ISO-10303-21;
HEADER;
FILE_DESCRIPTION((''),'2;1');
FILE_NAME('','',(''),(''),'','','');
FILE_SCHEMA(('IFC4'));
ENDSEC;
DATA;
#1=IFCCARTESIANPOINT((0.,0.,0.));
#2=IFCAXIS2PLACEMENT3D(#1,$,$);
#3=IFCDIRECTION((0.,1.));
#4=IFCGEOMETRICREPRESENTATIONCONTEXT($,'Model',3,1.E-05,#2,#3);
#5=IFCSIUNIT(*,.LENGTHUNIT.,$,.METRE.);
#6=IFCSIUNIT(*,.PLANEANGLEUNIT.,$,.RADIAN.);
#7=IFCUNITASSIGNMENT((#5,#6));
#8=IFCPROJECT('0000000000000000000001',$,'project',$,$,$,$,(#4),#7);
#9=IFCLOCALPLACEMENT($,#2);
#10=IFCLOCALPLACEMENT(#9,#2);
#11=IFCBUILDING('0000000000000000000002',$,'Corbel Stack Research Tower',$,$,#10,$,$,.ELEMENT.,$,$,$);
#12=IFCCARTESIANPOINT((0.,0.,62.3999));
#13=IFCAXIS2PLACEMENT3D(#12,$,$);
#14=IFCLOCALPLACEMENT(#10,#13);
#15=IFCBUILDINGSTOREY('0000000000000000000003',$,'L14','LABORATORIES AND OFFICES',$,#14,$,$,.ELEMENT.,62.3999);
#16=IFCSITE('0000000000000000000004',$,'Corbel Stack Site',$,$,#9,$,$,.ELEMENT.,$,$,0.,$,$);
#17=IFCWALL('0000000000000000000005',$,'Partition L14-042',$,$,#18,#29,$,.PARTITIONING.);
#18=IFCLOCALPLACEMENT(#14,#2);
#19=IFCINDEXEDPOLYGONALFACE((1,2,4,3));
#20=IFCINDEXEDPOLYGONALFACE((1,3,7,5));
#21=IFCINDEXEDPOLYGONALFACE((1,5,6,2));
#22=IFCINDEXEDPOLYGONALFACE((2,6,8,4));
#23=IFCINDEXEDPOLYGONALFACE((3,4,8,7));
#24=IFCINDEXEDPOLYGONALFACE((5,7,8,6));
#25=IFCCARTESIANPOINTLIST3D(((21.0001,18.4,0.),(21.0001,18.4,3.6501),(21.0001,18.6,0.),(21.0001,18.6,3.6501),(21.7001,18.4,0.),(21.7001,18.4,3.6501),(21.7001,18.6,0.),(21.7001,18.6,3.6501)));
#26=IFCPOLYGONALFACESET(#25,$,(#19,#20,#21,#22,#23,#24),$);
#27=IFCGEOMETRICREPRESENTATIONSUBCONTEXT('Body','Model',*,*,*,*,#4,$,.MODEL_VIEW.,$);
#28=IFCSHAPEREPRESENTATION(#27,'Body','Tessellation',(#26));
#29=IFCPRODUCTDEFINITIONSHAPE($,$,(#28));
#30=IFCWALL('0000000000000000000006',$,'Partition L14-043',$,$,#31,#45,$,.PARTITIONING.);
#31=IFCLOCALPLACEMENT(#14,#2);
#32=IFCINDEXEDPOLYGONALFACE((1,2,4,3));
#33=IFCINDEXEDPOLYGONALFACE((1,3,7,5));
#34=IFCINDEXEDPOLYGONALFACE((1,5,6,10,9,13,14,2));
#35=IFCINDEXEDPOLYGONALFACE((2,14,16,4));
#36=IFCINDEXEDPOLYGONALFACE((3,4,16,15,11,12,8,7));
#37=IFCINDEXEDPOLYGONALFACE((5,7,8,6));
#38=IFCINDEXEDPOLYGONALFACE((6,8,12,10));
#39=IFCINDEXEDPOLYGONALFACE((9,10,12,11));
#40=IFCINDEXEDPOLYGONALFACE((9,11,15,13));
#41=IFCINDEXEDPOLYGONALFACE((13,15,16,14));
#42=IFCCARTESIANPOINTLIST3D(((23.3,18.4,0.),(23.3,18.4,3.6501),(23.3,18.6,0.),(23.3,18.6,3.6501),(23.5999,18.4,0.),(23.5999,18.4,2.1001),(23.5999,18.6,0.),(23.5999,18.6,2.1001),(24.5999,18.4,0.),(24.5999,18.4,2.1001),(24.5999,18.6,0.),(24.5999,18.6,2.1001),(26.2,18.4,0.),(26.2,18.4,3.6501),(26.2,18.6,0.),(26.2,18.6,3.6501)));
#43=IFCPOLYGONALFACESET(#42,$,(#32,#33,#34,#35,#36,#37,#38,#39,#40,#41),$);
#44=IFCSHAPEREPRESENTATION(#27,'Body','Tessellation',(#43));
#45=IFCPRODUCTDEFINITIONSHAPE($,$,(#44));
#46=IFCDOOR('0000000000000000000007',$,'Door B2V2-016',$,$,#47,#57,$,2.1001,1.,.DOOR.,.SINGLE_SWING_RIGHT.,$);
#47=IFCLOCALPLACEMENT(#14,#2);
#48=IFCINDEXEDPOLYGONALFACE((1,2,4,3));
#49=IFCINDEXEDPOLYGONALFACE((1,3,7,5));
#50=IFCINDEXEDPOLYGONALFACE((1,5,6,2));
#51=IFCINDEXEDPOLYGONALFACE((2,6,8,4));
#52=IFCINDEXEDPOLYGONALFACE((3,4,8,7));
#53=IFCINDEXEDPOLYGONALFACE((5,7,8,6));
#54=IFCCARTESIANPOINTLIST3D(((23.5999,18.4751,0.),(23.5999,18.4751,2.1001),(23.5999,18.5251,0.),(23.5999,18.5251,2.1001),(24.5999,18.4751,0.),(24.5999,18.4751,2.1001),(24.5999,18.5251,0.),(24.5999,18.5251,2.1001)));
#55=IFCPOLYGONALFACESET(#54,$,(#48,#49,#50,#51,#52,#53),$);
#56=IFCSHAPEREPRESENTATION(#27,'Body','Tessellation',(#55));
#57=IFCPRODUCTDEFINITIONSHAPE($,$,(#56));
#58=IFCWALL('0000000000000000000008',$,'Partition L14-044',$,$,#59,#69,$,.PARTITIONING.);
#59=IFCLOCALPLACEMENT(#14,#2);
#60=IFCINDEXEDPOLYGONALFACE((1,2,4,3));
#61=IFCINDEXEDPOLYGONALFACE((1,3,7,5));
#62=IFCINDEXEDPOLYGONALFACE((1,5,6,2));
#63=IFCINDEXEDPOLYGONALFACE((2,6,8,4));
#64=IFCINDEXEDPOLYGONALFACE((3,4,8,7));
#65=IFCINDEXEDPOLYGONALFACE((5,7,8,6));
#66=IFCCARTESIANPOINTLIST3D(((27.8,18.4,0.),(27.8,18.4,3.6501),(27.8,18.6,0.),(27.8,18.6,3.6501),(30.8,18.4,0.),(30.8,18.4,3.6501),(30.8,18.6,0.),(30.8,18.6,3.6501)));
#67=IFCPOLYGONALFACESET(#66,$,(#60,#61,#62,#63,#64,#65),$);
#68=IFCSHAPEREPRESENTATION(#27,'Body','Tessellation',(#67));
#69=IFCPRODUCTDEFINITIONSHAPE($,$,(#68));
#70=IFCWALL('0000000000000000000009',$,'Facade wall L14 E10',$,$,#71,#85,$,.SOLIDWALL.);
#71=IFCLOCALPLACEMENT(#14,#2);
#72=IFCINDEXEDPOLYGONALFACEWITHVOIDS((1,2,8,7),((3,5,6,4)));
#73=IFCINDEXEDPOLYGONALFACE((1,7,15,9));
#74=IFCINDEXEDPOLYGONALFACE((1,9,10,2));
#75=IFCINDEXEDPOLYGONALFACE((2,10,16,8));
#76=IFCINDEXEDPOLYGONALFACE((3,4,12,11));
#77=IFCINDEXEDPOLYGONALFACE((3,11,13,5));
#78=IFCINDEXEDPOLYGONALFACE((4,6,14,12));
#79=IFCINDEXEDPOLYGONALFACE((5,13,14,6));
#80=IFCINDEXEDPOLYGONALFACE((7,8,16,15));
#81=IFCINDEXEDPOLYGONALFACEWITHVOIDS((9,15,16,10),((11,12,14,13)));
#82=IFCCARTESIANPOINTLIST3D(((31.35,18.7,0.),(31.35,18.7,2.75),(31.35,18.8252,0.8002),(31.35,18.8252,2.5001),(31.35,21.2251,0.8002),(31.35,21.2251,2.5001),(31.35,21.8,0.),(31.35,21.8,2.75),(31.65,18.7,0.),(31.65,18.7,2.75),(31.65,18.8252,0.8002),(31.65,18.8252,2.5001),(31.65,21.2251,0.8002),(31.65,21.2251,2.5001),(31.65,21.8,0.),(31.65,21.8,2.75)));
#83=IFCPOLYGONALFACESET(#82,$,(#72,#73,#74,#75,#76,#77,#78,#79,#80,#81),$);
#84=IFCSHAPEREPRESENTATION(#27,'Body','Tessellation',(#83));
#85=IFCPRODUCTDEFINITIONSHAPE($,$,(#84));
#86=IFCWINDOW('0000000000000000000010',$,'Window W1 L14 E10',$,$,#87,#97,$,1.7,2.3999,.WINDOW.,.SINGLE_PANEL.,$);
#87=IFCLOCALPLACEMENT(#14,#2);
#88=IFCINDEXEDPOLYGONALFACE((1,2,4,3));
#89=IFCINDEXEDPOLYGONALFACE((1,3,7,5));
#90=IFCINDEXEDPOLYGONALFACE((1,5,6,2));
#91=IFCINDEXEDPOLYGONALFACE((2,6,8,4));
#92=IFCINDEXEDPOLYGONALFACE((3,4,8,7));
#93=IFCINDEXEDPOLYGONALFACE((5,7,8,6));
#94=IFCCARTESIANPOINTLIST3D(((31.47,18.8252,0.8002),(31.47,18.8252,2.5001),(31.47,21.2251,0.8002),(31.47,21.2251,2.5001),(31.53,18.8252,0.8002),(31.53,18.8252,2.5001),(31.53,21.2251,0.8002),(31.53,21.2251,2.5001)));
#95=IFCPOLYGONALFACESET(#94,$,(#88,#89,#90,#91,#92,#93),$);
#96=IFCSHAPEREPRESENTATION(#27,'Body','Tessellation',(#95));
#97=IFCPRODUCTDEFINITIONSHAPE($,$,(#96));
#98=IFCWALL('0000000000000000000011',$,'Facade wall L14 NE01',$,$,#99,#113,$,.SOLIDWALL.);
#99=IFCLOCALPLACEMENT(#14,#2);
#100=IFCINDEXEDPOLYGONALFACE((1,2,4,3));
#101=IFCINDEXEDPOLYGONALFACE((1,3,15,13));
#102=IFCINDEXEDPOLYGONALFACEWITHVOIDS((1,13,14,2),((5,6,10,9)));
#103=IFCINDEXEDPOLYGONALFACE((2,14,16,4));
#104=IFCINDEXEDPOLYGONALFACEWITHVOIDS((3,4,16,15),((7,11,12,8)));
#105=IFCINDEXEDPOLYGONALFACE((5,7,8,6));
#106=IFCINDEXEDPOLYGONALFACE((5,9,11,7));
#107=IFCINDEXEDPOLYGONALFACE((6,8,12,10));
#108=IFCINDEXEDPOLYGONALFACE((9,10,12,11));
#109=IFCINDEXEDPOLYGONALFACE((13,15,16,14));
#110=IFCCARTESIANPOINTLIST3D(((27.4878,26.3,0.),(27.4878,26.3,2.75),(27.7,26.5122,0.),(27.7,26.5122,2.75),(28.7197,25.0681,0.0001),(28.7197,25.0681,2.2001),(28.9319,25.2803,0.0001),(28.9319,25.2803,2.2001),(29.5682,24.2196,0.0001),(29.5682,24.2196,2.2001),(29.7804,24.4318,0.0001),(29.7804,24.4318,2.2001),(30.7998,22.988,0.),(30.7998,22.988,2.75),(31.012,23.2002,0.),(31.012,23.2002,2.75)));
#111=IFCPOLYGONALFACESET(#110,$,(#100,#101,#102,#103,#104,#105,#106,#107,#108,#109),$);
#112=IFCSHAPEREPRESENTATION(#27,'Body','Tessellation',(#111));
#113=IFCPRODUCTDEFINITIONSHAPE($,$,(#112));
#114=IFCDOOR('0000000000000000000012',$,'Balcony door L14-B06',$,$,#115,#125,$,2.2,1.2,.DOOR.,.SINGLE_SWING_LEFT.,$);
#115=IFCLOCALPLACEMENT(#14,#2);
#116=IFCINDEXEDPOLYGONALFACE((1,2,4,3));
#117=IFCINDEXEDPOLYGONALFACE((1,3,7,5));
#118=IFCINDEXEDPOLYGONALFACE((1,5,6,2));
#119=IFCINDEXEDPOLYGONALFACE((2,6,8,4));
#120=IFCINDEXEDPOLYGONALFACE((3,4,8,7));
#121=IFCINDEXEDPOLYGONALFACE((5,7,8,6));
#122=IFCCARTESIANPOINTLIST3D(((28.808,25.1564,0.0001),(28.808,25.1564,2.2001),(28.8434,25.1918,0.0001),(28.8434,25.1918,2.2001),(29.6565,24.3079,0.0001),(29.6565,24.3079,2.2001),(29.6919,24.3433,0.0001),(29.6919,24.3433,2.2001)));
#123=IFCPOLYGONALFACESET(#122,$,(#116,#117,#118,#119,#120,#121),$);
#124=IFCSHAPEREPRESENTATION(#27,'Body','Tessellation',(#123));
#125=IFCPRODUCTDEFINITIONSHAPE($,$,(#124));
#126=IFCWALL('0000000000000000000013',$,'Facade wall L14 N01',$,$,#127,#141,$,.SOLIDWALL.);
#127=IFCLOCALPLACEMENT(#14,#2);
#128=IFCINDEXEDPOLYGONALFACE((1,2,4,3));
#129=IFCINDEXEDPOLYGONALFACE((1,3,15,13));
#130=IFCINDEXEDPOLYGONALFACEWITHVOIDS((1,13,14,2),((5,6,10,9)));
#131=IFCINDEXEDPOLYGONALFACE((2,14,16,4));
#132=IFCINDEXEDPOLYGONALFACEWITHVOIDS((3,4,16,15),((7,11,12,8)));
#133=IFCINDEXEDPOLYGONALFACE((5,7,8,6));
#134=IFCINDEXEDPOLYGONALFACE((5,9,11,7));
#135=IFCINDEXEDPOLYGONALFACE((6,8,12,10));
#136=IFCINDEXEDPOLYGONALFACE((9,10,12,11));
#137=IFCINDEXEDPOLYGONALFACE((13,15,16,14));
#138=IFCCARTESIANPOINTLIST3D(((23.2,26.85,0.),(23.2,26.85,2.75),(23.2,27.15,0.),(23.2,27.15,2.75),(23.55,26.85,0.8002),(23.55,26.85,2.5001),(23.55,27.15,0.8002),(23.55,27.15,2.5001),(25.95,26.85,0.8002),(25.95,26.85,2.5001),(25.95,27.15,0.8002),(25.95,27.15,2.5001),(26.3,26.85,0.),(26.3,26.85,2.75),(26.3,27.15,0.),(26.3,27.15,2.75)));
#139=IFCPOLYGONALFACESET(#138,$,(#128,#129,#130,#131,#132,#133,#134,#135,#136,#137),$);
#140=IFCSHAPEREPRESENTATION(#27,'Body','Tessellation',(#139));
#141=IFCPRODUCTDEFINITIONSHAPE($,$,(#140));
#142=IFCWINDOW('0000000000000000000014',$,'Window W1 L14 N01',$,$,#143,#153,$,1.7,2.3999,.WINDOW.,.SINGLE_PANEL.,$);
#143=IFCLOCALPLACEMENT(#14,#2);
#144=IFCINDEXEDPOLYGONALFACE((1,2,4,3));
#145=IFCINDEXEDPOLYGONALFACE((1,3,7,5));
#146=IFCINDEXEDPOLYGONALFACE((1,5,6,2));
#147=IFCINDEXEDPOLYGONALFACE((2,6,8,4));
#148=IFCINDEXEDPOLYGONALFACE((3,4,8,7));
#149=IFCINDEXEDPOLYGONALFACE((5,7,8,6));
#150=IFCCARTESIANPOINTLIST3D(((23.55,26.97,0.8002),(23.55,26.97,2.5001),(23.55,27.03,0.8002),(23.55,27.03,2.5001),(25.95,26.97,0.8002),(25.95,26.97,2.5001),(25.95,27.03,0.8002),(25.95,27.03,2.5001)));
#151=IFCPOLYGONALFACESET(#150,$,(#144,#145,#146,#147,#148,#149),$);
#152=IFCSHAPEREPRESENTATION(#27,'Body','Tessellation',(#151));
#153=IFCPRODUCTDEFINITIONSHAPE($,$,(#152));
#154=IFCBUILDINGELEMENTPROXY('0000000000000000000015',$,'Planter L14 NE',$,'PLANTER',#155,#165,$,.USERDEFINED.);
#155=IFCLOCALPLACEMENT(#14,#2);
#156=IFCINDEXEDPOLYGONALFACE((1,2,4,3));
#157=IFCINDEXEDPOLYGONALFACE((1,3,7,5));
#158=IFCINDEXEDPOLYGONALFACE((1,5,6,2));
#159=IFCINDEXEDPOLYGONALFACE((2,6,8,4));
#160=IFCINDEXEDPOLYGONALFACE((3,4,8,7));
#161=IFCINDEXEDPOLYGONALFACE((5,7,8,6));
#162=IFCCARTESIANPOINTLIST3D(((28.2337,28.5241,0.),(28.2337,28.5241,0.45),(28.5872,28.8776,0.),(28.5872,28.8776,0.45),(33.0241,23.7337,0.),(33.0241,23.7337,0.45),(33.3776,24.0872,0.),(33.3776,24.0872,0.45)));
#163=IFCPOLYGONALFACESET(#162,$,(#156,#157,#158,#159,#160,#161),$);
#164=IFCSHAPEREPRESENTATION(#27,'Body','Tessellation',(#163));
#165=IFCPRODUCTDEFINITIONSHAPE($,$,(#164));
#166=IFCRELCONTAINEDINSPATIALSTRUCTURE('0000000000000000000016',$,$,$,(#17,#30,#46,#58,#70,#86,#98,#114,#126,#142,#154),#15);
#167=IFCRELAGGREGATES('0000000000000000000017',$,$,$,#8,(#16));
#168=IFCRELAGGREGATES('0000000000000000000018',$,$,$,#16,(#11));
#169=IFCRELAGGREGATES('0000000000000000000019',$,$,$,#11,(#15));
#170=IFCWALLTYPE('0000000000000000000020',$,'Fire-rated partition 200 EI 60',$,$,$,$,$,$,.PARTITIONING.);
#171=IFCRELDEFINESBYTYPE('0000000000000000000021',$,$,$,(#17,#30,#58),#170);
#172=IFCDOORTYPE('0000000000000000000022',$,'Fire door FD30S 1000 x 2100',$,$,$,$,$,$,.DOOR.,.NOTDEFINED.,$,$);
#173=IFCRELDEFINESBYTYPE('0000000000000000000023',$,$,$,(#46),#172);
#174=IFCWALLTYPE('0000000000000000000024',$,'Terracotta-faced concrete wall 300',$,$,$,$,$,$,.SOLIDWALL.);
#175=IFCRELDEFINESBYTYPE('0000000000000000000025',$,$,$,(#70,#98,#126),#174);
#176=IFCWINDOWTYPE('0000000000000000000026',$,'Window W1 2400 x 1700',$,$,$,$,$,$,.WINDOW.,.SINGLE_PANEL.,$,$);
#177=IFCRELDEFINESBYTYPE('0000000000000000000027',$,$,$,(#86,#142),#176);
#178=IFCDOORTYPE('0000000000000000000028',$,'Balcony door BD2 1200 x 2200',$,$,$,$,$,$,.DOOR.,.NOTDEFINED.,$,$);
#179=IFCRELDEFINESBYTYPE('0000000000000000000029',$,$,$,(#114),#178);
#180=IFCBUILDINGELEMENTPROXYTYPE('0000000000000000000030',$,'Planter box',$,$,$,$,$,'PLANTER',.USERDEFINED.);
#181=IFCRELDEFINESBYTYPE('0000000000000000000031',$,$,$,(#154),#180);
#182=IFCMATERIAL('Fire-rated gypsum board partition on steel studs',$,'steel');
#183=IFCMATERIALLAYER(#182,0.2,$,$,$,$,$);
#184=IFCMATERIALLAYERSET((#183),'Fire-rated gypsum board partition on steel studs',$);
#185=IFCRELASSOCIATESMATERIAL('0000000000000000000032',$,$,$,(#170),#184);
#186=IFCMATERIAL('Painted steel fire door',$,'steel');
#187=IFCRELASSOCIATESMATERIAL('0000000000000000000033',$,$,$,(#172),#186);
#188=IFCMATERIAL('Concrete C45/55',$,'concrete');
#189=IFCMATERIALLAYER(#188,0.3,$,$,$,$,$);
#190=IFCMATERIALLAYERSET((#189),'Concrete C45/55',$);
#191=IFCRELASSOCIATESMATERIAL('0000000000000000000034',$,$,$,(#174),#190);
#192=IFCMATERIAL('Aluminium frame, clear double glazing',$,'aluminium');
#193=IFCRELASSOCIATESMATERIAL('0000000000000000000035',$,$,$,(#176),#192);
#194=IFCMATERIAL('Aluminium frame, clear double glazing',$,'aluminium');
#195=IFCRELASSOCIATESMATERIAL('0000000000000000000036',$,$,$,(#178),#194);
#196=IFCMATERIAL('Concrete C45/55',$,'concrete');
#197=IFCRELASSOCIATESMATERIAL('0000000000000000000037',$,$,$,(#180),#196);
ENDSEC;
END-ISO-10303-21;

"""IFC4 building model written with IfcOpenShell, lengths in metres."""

from ifc_helpers import new_model, si_unit, direction, frame, frame_2d, origin, origin_2d, place, context, subcontext, project, spatial, rectangle, extrude, material, layer, layer_set, type_object, element, fill, save


model = new_model("IFC4")

# Units and contexts
model_context = context("Model", 3, precision=1e-05, world=origin(), true_north=direction((0.0, 1.0)))
body_context = subcontext(model_context, "Body", "Model", "MODEL_VIEW")
ifc_project = project(units=[si_unit("LENGTHUNIT", "METRE"), si_unit("PLANEANGLEUNIT", "RADIAN")], contexts=[model_context])

# Site, building, storey
site_placement = place(None, origin())
site = spatial("IfcSite", under=ifc_project, at=site_placement, Name="Corbel Stack Site", CompositionType="ELEMENT", RefElevation=0.0)
building_placement = place(site_placement, origin())
building = spatial("IfcBuilding", under=site, at=building_placement, Name="Corbel Stack Research Tower", CompositionType="ELEMENT")
storey_placement = place(building_placement, frame((0.0, 0.0, 62.3999)))
storey = spatial("IfcBuildingStorey", under=building, at=storey_placement, Name="L14", Description="LABORATORIES AND OFFICES", CompositionType="ELEMENT", Elevation=62.3999)

# Shared definitions
ifc_material_1 = material(Name="Fire-rated gypsum board partition on steel studs", Category="steel")
ifc_layer_1 = layer(ifc_material_1, 0.2)
ifc_layer_set_1 = layer_set([ifc_layer_1], Name="Fire-rated gypsum board partition on steel studs")
wall_type_1 = type_object("IfcWallType", Name="Fire-rated partition 200 EI 60", PredefinedType="PARTITIONING", material=ifc_layer_set_1)
ifc_material_2 = material(Name="Painted steel fire door", Category="steel")
door_type_1 = type_object("IfcDoorType", Name="Fire door FD30S 1000 x 2100", OperationType="NOTDEFINED", PredefinedType="DOOR", material=ifc_material_2)

# Wall
wall_1_placement = place(storey_placement, frame((21.0, 18.5, 0.0), z_axis=(0.0, 0.0, 1.0), x_axis=(1.0, 0.0, 0.0)))
element("IfcWall", 1, at=wall_1_placement, inside=storey, type_object=wall_type_1, Name="Partition L14-042", PredefinedType="PARTITIONING", context=body_context, shape_type="SweptSolid", body=[
    extrude(rectangle(XDim=0.7, YDim=0.2, at=frame_2d((0.3501, 0.0))), origin(), (0.0, 0.0, 1.0), 3.6501),
])

# Wall, opening, door
wall_2_placement = place(storey_placement, frame((26.2, 18.5, 0.0), z_axis=(0.0, 0.0, 1.0), x_axis=(-1.0, 0.0, 0.0)))
wall_2 = element("IfcWall", 2, at=wall_2_placement, inside=storey, type_object=wall_type_1, Name="Partition L14-043", PredefinedType="PARTITIONING", context=body_context, shape_type="SweptSolid", body=[
    extrude(rectangle(XDim=2.8999, YDim=0.2, at=frame_2d((1.45, 0.0))), origin(), (0.0, 0.0, 1.0), 3.6501),
])
opening_1_placement = place(wall_2_placement, frame((1.6001, 0.0, 0.0)))
opening_1 = element("IfcOpeningElement", 3, at=opening_1_placement, cuts=wall_2, PredefinedType="OPENING", context=body_context, shape_type="SweptSolid", body=[
    extrude(rectangle(XDim=1.0, YDim=2.1001, at=frame_2d((0.5, 1.05))), frame((0.0, 0.1099, 0.0), z_axis=(0.0, -1.0, 0.0), x_axis=(1.0, 0.0, 0.0)), (0.0, 0.0, 1.0), 0.22),
])
door_1_placement = place(opening_1_placement, origin())
door_1 = element("IfcDoor", 4, at=door_1_placement, inside=storey, type_object=door_type_1, Name="Door B2V2-016", OperationType="SINGLE_SWING_RIGHT", OverallHeight=2.1001, OverallWidth=1.0, PredefinedType="DOOR", context=body_context, shape_type="SweptSolid", body=[
    extrude(rectangle(XDim=1.0, YDim=2.1001, at=frame_2d((0.5, 1.05))), frame((0.0, 0.0249, 0.0), z_axis=(0.0, -1.0, 0.0), x_axis=(1.0, 0.0, 0.0)), (0.0, 0.0, 1.0), 0.05),
])
fill(opening_1, door_1)

# Wall
wall_3_placement = place(storey_placement, frame((27.8, 18.5, 0.0), z_axis=(0.0, 0.0, 1.0), x_axis=(1.0, 0.0, 0.0)))
element("IfcWall", 5, at=wall_3_placement, inside=storey, type_object=wall_type_1, Name="Partition L14-044", PredefinedType="PARTITIONING", context=body_context, shape_type="SweptSolid", body=[
    extrude(rectangle(XDim=3.0, YDim=0.2, at=frame_2d((1.5, 0.0))), origin(), (0.0, 0.0, 1.0), 3.6501),
])

# Wall, opening, window
ifc_material_3 = material(Name="Concrete C45/55", Category="concrete")
ifc_layer_2 = layer(ifc_material_3, 0.3)
ifc_layer_set_2 = layer_set([ifc_layer_2], Name="Concrete C45/55")
wall_type_2 = type_object("IfcWallType", Name="Terracotta-faced concrete wall 300", PredefinedType="SOLIDWALL", material=ifc_layer_set_2)
wall_4_placement = place(storey_placement, frame((31.5, 21.8, 0.0), z_axis=(0.0, 0.0, 1.0), x_axis=(0.0, -1.0, 0.0)))
wall_4 = element("IfcWall", 6, at=wall_4_placement, inside=storey, type_object=wall_type_2, Name="Facade wall L14 E10", PredefinedType="SOLIDWALL", context=body_context, shape_type="SweptSolid", body=[
    extrude(rectangle(XDim=3.1001, YDim=0.3, at=frame_2d((1.55, 0.0))), origin(), (0.0, 0.0, 1.0), 2.75),
])
opening_2_placement = place(wall_4_placement, frame((0.575, 0.0, 0.8)))
opening_2 = element("IfcOpeningElement", 7, at=opening_2_placement, cuts=wall_4, PredefinedType="OPENING", context=body_context, shape_type="SweptSolid", body=[
    extrude(rectangle(XDim=2.3999, YDim=1.7, at=frame_2d((1.2, 0.8501))), frame((0.0, 0.1599, 0.0), z_axis=(0.0, -1.0, 0.0), x_axis=(1.0, 0.0, 0.0)), (0.0, 0.0, 1.0), 0.3201),
])
ifc_material_4 = material(Name="Aluminium frame, clear double glazing", Category="aluminium")
window_type = type_object("IfcWindowType", Name="Window W1 2400 x 1700", PartitioningType="SINGLE_PANEL", PredefinedType="WINDOW", material=ifc_material_4)
window_1_placement = place(opening_2_placement, origin())
window_1 = element("IfcWindow", 8, at=window_1_placement, inside=storey, type_object=window_type, Name="Window W1 L14 E10", OverallHeight=1.7, OverallWidth=2.3999, PartitioningType="SINGLE_PANEL", PredefinedType="WINDOW", context=body_context, shape_type="SweptSolid", body=[
    extrude(rectangle(XDim=2.3999, YDim=1.7, at=frame_2d((1.2, 0.8501))), frame((0.0, 0.03, 0.0), z_axis=(0.0, -1.0, 0.0), x_axis=(1.0, 0.0, 0.0)), (0.0, 0.0, 1.0), 0.0601),
])
fill(opening_2, window_1)

# Wall, opening, door
wall_5_placement = place(storey_placement, frame((27.594, 26.406, 0.0), z_axis=(0.0, 0.0, 1.0), x_axis=(0.707107, -0.707107, 0.0)))
wall_5 = element("IfcWall", 9, at=wall_5_placement, inside=storey, type_object=wall_type_2, Name="Facade wall L14 NE01", PredefinedType="SOLIDWALL", context=body_context, shape_type="SweptSolid", body=[
    extrude(rectangle(XDim=4.6838, YDim=0.3, at=frame_2d((2.3418, 0.0))), origin(), (0.0, 0.0, 1.0), 2.75),
])
opening_3_placement = place(wall_5_placement, frame((1.7419, 0.0, 0.0)))
opening_3 = element("IfcOpeningElement", 10, at=opening_3_placement, cuts=wall_5, PredefinedType="OPENING", context=body_context, shape_type="SweptSolid", body=[
    extrude(rectangle(XDim=1.2, YDim=2.2, at=frame_2d((0.6001, 1.1001))), frame((0.0, 0.1599, 0.0), z_axis=(0.0, -1.0, 0.0), x_axis=(1.0, 0.0, 0.0)), (0.0, 0.0, 1.0), 0.3201),
])
ifc_material_5 = material(Name="Aluminium frame, clear double glazing", Category="aluminium")
door_type_2 = type_object("IfcDoorType", Name="Balcony door BD2 1200 x 2200", OperationType="NOTDEFINED", PredefinedType="DOOR", material=ifc_material_5)
door_2_placement = place(opening_3_placement, origin())
door_2 = element("IfcDoor", 11, at=door_2_placement, inside=storey, type_object=door_type_2, Name="Balcony door L14-B06", OperationType="SINGLE_SWING_LEFT", OverallHeight=2.2, OverallWidth=1.2, PredefinedType="DOOR", context=body_context, shape_type="SweptSolid", body=[
    extrude(rectangle(XDim=1.2, YDim=2.2, at=frame_2d((0.6001, 1.1001))), frame((0.0, 0.0249, 0.0), z_axis=(0.0, -1.0, 0.0), x_axis=(1.0, 0.0, 0.0)), (0.0, 0.0, 1.0), 0.05),
])
fill(opening_3, door_2)

# Wall, opening, window
wall_6_placement = place(storey_placement, frame((23.2, 27.0, 0.0), z_axis=(0.0, 0.0, 1.0), x_axis=(1.0, 0.0, 0.0)))
wall_6 = element("IfcWall", 12, at=wall_6_placement, inside=storey, type_object=wall_type_2, Name="Facade wall L14 N01", PredefinedType="SOLIDWALL", context=body_context, shape_type="SweptSolid", body=[
    extrude(rectangle(XDim=3.1001, YDim=0.3, at=frame_2d((1.55, 0.0))), origin(), (0.0, 0.0, 1.0), 2.75),
])
opening_4_placement = place(wall_6_placement, frame((0.3501, 0.0, 0.8)))
opening_4 = element("IfcOpeningElement", 13, at=opening_4_placement, cuts=wall_6, PredefinedType="OPENING", context=body_context, shape_type="SweptSolid", body=[
    extrude(rectangle(XDim=2.3999, YDim=1.7, at=frame_2d((1.2, 0.8501))), frame((0.0, 0.1599, 0.0), z_axis=(0.0, -1.0, 0.0), x_axis=(1.0, 0.0, 0.0)), (0.0, 0.0, 1.0), 0.3201),
])
window_2_placement = place(opening_4_placement, origin())
window_2 = element("IfcWindow", 14, at=window_2_placement, inside=storey, type_object=window_type, Name="Window W1 L14 N01", OverallHeight=1.7, OverallWidth=2.3999, PartitioningType="SINGLE_PANEL", PredefinedType="WINDOW", context=body_context, shape_type="SweptSolid", body=[
    extrude(rectangle(XDim=2.3999, YDim=1.7, at=frame_2d((1.2, 0.8501))), frame((0.0, 0.03, 0.0), z_axis=(0.0, -1.0, 0.0), x_axis=(1.0, 0.0, 0.0)), (0.0, 0.0, 1.0), 0.0601),
])
fill(opening_4, window_2)

# Building element proxy
ifc_material_6 = material(Name="Concrete C45/55", Category="concrete")
building_element_proxy_type = type_object("IfcBuildingElementProxyType", Name="Planter box", ElementType="PLANTER", PredefinedType="USERDEFINED", material=ifc_material_6)
proxy_placement = place(storey_placement, frame((30.8057, 26.3057, 0.0), z_axis=(0.0, 0.0, 1.0), x_axis=(-0.707107, 0.707107, 0.0)))
element("IfcBuildingElementProxy", 15, at=proxy_placement, inside=storey, type_object=building_element_proxy_type, Name="Planter L14 NE", ObjectType="PLANTER", PredefinedType="USERDEFINED", context=body_context, shape_type="SweptSolid", body=[
    extrude(rectangle(XDim=6.7747, YDim=0.5, at=origin_2d()), origin(), (0.0, 0.0, 1.0), 0.45),
])

save(model, "model.ifc")
